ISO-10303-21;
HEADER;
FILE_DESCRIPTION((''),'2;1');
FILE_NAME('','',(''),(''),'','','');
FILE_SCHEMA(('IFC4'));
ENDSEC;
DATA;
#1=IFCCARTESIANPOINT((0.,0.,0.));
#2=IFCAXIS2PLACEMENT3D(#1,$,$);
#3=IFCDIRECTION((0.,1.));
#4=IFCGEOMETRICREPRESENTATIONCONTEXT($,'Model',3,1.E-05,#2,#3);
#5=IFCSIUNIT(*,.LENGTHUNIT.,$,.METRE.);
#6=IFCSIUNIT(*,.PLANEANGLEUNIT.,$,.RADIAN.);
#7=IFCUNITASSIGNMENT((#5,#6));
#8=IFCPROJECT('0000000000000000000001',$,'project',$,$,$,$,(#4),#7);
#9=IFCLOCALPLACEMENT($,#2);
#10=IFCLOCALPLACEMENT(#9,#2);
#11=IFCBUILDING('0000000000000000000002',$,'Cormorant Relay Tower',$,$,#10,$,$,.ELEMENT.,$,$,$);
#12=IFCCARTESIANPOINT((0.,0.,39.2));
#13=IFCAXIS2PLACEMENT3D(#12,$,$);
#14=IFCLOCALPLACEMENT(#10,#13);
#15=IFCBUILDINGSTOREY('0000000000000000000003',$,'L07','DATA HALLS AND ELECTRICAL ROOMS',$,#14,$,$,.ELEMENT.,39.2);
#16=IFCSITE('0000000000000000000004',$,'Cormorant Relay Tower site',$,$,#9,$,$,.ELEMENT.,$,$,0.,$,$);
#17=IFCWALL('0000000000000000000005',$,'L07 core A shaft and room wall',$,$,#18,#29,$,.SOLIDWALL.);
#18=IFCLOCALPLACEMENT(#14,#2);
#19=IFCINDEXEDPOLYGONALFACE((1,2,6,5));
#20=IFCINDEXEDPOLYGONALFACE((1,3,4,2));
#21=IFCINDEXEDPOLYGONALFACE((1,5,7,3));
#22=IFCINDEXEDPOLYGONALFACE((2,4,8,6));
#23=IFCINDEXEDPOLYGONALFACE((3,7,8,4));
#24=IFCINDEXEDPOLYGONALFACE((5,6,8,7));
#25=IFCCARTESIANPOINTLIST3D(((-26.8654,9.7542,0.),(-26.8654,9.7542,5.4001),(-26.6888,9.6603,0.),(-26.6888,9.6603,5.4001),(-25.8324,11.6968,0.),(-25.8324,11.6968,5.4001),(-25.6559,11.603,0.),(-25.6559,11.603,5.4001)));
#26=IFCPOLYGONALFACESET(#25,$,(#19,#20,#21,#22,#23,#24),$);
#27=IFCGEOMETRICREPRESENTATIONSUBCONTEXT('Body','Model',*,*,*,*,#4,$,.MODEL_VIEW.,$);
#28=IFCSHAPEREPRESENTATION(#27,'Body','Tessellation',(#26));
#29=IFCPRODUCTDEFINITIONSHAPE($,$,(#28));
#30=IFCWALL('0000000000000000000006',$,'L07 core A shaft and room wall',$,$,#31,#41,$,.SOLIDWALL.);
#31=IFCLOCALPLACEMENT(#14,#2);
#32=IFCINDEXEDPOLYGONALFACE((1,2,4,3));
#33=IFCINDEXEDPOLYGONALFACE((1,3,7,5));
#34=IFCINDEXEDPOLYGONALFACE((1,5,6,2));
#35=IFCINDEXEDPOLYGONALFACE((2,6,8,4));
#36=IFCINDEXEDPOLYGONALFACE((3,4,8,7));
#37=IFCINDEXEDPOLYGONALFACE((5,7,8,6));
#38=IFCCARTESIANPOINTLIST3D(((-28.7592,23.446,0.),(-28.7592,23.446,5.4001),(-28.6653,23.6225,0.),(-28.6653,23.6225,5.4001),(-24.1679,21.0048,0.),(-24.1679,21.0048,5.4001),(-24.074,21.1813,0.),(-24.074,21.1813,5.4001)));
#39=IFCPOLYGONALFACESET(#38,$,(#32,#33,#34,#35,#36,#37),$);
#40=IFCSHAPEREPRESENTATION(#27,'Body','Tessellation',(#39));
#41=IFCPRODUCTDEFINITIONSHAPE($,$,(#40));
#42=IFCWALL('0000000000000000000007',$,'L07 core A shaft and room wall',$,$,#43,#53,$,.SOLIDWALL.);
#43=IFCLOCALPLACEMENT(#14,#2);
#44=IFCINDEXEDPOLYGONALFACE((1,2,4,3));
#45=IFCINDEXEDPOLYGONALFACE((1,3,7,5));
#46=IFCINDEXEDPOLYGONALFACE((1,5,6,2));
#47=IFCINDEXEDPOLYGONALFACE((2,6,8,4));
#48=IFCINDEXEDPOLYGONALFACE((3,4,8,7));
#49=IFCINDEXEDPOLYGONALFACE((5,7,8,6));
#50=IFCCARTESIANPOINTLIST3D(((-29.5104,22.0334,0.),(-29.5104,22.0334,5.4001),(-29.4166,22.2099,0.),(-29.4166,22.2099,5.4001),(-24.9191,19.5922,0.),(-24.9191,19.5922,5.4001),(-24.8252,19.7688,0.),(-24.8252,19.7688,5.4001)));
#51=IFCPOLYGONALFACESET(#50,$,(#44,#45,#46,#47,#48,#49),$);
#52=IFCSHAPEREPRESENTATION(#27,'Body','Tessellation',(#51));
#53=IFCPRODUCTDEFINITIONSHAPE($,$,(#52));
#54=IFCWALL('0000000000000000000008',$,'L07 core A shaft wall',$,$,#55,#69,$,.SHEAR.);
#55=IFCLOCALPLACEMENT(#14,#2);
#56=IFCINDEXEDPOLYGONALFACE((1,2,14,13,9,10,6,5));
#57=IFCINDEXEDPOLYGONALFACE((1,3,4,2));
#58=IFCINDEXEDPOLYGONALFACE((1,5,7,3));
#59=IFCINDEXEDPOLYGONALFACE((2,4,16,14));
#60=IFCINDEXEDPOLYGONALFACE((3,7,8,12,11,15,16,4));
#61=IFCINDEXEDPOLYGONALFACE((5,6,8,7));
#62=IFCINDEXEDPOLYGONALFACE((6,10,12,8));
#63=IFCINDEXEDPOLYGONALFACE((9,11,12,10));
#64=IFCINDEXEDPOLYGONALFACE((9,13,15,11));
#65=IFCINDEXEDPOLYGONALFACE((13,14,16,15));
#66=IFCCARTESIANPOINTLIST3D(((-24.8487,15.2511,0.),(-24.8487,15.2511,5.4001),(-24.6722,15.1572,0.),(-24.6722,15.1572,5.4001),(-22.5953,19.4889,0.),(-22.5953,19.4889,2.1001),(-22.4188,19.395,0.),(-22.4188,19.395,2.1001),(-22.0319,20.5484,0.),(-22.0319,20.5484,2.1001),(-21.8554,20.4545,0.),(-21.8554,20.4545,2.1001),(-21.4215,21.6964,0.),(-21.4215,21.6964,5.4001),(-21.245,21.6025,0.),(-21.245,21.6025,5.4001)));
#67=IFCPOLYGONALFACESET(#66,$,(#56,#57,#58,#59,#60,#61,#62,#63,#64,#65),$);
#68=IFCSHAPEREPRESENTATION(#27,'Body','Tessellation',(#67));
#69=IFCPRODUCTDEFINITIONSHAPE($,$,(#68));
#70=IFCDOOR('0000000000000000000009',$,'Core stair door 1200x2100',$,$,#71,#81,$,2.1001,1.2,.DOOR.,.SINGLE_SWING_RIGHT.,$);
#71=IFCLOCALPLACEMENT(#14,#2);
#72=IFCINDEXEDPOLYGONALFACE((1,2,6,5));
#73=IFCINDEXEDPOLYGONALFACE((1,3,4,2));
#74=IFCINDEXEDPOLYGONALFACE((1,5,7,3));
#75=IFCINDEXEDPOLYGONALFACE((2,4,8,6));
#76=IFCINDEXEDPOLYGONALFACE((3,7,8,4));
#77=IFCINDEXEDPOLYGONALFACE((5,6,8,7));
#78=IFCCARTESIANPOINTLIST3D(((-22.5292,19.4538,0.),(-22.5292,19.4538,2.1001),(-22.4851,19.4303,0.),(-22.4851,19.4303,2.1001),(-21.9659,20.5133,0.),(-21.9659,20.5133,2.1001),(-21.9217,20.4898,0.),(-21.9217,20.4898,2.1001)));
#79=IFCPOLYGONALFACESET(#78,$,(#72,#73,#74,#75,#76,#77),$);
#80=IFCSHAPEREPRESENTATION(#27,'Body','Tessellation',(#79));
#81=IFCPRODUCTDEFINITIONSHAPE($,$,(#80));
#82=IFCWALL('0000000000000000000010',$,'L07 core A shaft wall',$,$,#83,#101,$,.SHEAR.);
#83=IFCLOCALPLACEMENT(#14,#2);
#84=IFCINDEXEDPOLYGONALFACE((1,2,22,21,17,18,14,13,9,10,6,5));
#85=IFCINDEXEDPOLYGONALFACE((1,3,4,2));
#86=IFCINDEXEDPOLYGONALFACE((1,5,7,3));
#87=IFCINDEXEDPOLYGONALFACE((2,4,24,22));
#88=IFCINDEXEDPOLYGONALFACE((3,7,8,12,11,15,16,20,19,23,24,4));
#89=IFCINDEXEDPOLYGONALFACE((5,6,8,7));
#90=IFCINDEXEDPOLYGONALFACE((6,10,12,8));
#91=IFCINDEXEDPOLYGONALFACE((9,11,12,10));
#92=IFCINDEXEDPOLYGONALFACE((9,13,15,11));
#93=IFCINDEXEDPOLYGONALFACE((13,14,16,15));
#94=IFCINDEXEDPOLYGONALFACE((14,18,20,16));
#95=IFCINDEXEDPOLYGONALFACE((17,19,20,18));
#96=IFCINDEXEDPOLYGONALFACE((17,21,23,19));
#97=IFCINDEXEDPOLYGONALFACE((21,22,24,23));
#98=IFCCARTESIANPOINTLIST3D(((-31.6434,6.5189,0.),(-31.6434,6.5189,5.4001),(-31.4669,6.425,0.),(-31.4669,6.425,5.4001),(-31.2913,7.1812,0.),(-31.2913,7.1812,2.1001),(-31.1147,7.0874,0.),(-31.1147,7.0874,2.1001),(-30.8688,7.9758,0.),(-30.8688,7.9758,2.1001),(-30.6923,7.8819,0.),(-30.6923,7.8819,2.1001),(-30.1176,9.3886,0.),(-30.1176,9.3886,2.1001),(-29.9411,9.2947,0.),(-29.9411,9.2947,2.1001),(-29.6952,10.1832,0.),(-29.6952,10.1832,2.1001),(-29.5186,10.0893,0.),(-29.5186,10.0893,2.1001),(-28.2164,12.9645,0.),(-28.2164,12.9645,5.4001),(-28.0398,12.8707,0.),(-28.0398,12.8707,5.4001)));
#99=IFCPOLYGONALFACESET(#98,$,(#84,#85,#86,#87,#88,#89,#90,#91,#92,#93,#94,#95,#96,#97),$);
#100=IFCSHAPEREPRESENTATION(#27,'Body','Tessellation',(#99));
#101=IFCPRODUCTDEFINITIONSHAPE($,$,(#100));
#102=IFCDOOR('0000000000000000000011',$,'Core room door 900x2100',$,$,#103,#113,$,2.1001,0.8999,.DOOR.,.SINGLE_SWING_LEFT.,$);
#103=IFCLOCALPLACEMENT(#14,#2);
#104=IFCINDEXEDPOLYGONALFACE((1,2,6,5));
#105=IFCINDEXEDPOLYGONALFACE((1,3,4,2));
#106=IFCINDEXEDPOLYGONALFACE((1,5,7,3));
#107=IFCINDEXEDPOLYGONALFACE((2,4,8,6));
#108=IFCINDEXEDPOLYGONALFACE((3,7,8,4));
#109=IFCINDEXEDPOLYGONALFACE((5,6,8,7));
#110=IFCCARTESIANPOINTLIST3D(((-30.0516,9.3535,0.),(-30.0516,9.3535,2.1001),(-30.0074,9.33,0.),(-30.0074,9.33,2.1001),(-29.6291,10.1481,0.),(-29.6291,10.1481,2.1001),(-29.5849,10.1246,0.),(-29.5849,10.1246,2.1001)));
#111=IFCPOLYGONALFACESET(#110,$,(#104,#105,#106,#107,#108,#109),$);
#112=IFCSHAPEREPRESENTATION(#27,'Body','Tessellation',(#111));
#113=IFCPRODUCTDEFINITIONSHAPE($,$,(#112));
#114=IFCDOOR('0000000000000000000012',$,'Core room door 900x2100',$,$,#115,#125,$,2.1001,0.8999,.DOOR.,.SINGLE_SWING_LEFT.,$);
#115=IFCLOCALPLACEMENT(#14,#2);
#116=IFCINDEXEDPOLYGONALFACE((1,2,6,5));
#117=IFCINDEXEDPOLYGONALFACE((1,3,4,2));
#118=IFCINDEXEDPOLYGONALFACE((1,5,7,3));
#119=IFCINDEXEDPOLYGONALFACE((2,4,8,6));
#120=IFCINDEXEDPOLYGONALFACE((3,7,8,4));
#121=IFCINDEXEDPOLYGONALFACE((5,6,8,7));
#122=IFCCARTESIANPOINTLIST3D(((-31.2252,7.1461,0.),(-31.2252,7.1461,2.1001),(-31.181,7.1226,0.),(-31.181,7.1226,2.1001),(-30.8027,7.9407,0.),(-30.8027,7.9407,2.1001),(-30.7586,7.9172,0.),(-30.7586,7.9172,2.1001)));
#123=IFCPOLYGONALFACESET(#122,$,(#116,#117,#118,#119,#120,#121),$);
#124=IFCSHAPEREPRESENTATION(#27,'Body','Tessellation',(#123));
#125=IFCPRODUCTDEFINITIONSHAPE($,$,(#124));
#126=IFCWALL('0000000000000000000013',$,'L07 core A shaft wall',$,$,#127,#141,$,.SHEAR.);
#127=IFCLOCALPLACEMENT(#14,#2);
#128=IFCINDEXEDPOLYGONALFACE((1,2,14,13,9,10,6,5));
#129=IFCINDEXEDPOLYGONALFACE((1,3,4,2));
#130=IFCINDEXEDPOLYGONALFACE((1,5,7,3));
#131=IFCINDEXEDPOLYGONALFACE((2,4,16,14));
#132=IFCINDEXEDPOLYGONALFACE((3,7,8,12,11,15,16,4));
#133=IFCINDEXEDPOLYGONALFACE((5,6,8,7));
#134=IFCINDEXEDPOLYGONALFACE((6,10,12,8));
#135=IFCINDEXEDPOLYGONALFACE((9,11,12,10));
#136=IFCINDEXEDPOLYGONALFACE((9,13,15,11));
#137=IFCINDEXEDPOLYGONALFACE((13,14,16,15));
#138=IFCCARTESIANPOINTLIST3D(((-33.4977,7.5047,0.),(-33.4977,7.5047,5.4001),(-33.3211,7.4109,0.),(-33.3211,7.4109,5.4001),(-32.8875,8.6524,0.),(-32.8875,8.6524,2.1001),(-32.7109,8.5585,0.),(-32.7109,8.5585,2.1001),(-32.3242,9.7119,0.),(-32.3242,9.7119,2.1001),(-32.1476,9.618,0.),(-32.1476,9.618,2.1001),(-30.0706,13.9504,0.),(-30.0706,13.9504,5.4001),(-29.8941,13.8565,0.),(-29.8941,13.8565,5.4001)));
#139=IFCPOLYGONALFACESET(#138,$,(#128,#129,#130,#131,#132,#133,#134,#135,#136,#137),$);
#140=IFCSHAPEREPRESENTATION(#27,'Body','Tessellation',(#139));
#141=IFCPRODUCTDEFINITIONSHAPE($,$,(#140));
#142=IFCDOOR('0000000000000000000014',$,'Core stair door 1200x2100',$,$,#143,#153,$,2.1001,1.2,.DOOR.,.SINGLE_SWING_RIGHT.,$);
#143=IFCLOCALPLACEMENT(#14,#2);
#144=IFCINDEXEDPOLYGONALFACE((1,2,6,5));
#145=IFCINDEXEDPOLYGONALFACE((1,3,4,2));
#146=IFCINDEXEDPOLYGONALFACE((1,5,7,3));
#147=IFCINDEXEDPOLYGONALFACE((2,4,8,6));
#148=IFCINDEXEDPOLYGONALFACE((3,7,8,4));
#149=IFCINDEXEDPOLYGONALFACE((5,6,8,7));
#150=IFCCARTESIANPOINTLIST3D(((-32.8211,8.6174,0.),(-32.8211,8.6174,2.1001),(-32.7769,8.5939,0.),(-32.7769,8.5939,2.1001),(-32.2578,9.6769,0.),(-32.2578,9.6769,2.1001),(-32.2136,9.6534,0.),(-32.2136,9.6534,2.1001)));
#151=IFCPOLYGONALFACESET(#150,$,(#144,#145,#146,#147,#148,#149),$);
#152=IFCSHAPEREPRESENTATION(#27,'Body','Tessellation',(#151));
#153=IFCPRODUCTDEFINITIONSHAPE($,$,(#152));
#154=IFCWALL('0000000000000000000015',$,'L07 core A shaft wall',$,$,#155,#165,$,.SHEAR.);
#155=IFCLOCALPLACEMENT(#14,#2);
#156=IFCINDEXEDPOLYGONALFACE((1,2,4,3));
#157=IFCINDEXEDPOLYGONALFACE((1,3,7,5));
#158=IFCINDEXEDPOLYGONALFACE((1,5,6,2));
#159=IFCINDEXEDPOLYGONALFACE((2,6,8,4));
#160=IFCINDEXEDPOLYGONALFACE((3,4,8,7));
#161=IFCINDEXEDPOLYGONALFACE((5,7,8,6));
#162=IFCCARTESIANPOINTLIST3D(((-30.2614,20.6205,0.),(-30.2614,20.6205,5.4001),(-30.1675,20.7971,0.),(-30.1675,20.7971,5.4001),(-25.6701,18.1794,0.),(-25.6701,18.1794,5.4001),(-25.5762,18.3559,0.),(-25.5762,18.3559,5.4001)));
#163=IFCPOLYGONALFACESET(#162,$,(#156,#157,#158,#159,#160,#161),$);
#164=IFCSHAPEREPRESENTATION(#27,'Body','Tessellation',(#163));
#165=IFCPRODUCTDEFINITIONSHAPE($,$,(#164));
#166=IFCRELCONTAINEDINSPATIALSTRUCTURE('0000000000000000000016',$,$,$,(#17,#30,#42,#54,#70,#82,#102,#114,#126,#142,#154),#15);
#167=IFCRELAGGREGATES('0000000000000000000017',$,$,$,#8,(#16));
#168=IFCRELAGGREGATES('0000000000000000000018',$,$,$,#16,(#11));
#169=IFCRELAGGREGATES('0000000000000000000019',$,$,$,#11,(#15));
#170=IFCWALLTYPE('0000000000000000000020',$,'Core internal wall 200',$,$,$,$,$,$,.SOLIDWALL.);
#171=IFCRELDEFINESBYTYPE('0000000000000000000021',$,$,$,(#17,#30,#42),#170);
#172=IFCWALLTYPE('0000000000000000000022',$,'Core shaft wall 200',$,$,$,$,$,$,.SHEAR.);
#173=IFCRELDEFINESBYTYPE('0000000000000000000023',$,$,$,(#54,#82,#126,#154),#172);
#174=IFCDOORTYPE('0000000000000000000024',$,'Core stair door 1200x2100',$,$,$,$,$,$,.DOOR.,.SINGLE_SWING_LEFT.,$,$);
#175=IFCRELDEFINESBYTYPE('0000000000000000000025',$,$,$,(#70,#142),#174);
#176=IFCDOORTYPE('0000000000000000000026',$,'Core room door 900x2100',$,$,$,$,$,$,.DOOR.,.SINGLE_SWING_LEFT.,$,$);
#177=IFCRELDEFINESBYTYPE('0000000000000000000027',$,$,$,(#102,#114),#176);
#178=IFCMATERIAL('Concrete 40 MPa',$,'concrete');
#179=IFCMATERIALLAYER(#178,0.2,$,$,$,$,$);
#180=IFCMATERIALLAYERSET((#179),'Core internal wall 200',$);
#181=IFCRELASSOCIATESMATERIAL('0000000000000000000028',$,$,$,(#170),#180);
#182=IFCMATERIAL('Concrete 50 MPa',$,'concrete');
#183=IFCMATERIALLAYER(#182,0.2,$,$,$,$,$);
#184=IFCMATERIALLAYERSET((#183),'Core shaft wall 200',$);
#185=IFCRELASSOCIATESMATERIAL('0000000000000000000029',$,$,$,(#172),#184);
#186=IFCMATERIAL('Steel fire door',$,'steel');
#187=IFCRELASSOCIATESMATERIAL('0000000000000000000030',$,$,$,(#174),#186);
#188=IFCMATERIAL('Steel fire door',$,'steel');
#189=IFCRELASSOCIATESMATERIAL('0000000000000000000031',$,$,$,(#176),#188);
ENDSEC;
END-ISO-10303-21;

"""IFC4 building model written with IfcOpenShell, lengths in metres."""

from ifc_helpers import new_model, si_unit, direction, frame, frame_2d, origin, place, context, subcontext, project, spatial, rectangle, extrude, material, layer, layer_set, type_object, element, fill, save


model = new_model("IFC4")

# Units and contexts
model_context = context("Model", 3, precision=1e-05, world=origin(), true_north=direction((0.0, 1.0)))
body_context = subcontext(model_context, "Body", "Model", "MODEL_VIEW")
ifc_project = project(units=[si_unit("LENGTHUNIT", "METRE"), si_unit("PLANEANGLEUNIT", "RADIAN")], contexts=[model_context])

# Site, building, storey
site_placement = place(None, origin())
site = spatial("IfcSite", under=ifc_project, at=site_placement, Name="Cormorant Relay Tower site", CompositionType="ELEMENT", RefElevation=0.0)
building_placement = place(site_placement, origin())
building = spatial("IfcBuilding", under=site, at=building_placement, Name="Cormorant Relay Tower", CompositionType="ELEMENT")
storey_placement = place(building_placement, frame((0.0, 0.0, 39.2)))
storey = spatial("IfcBuildingStorey", under=building, at=storey_placement, Name="L07", Description="DATA HALLS AND ELECTRICAL ROOMS", CompositionType="ELEMENT", Elevation=39.2)

# Walls
ifc_material_1 = material(Name="Concrete 40 MPa", Category="concrete")
ifc_layer_1 = layer(ifc_material_1, 0.2)
ifc_layer_set_1 = layer_set([ifc_layer_1], Name="Core internal wall 200")
wall_type_1 = type_object("IfcWallType", Name="Core internal wall 200", PredefinedType="SOLIDWALL", material=ifc_layer_set_1)
wall_1_placement = place(storey_placement, frame((-25.7441, 11.6499, 0.0), z_axis=(0.0, 0.0, 1.0), x_axis=(-0.469488, -0.882939, 0.0)))
element("IfcWall", 1, at=wall_1_placement, inside=storey, type_object=wall_type_1, Name="L07 core A shaft and room wall", PredefinedType="SOLIDWALL", context=body_context, shape_type="SweptSolid", body=[
    extrude(rectangle(XDim=2.2002, YDim=0.2, at=frame_2d((1.1001, 0.0))), origin(), (0.0, 0.0, 1.0), 5.4001),
])
for number, where, z_axis, x_axis, name in (
    (2, (-24.1208, 21.093, 0.0), (0.0, 0.0, 1.0), (-0.882954, 0.46946, 0.0), "L07 core A shaft and room wall"),
    (3, (-24.8721, 19.6804, 0.0), (0.0, 0.0, 1.0), (-0.882954, 0.46946, 0.0), "L07 core A shaft and room wall"),
):
    element("IfcWall", number, at=place(storey_placement, frame(where, z_axis=z_axis, x_axis=x_axis)), inside=storey, type_object=wall_type_1, Name=name, PredefinedType="SOLIDWALL", context=body_context, shape_type="SweptSolid", body=[
        extrude(rectangle(XDim=5.2, YDim=0.2, at=frame_2d((2.6001, 0.0))), origin(), (0.0, 0.0, 1.0), 5.4001),
    ])

# Wall, opening, door
ifc_material_2 = material(Name="Concrete 50 MPa", Category="concrete")
ifc_layer_2 = layer(ifc_material_2, 0.2)
ifc_layer_set_2 = layer_set([ifc_layer_2], Name="Core shaft wall 200")
wall_type_2 = type_object("IfcWallType", Name="Core shaft wall 200", PredefinedType="SHEAR", material=ifc_layer_set_2)
wall_2_placement = place(storey_placement, frame((-21.3333, 21.6494, 0.0), z_axis=(0.0, 0.0, 1.0), x_axis=(-0.469494, -0.882936, 0.0)))
wall_2 = element("IfcWall", 4, at=wall_2_placement, inside=storey, type_object=wall_type_2, Name="L07 core A shaft wall", PredefinedType="SHEAR", context=body_context, shape_type="SweptSolid", body=[
    extrude(rectangle(XDim=7.2998, YDim=0.2, at=frame_2d((3.6499, 0.0))), origin(), (0.0, 0.0, 1.0), 5.4001),
])
opening_1_placement = place(wall_2_placement, frame((1.3, 0.0, 0.0)))
opening_1 = element("IfcOpeningElement", 5, at=opening_1_placement, cuts=wall_2, PredefinedType="OPENING", context=body_context, shape_type="SweptSolid", body=[
    extrude(rectangle(XDim=1.2, YDim=2.1001, at=frame_2d((0.6001, 1.05))), frame((0.0, 0.1099, 0.0), z_axis=(0.0, -1.0, 0.0), x_axis=(1.0, 0.0, 0.0)), (0.0, 0.0, 1.0), 0.22),
])
ifc_material_3 = material(Name="Steel fire door", Category="steel")
door_type_1 = type_object("IfcDoorType", Name="Core stair door 1200x2100", OperationType="SINGLE_SWING_LEFT", PredefinedType="DOOR", material=ifc_material_3)
door_1_placement = place(opening_1_placement, origin())
door_1 = element("IfcDoor", 6, at=door_1_placement, inside=storey, type_object=door_type_1, Name="Core stair door 1200x2100", OperationType="SINGLE_SWING_RIGHT", OverallHeight=2.1001, OverallWidth=1.2, PredefinedType="DOOR", context=body_context, shape_type="SweptSolid", body=[
    extrude(rectangle(XDim=1.2, YDim=2.1001, at=frame_2d((0.6001, 1.05))), frame((0.0, 0.0249, 0.0), z_axis=(0.0, -1.0, 0.0), x_axis=(1.0, 0.0, 0.0)), (0.0, 0.0, 1.0), 0.05),
])
fill(opening_1, door_1)

# Wall, openings, doors
wall_3_placement = place(storey_placement, frame((-28.1282, 12.9175, 0.0), z_axis=(0.0, 0.0, 1.0), x_axis=(-0.469454, -0.882957, 0.0)))
wall_3 = element("IfcWall", 7, at=wall_3_placement, inside=storey, type_object=wall_type_2, Name="L07 core A shaft wall", PredefinedType="SHEAR", context=body_context, shape_type="SweptSolid", body=[
    extrude(rectangle(XDim=7.3, YDim=0.2, at=frame_2d((3.6499, 0.0))), origin(), (0.0, 0.0, 1.0), 5.4001),
])
opening_2_placement = place(wall_3_placement, frame((3.1499, 0.0, 0.0)))
opening_2 = element("IfcOpeningElement", 8, at=opening_2_placement, cuts=wall_3, PredefinedType="OPENING", context=body_context, shape_type="SweptSolid", body=[
    extrude(rectangle(XDim=0.8999, YDim=2.1001, at=frame_2d((0.45, 1.05))), frame((0.0, 0.1099, 0.0), z_axis=(0.0, -1.0, 0.0), x_axis=(1.0, 0.0, 0.0)), (0.0, 0.0, 1.0), 0.22),
])
opening_3_placement = place(wall_3_placement, frame((5.6499, 0.0, 0.0)))
opening_3 = element("IfcOpeningElement", 9, at=opening_3_placement, cuts=wall_3, PredefinedType="OPENING", context=body_context, shape_type="SweptSolid", body=[
    extrude(rectangle(XDim=0.8999, YDim=2.1001, at=frame_2d((0.45, 1.05))), frame((0.0, 0.1099, 0.0), z_axis=(0.0, -1.0, 0.0), x_axis=(1.0, 0.0, 0.0)), (0.0, 0.0, 1.0), 0.22),
])
ifc_material_4 = material(Name="Steel fire door", Category="steel")
door_type_2 = type_object("IfcDoorType", Name="Core room door 900x2100", OperationType="SINGLE_SWING_LEFT", PredefinedType="DOOR", material=ifc_material_4)
door_2_placement = place(opening_2_placement, origin())
door_2 = element("IfcDoor", 10, at=door_2_placement, inside=storey, type_object=door_type_2, Name="Core room door 900x2100", OperationType="SINGLE_SWING_LEFT", OverallHeight=2.1001, OverallWidth=0.8999, PredefinedType="DOOR", context=body_context, shape_type="SweptSolid", body=[
    extrude(rectangle(XDim=0.8999, YDim=2.1001, at=frame_2d((0.45, 1.05))), frame((0.0, 0.0249, 0.0), z_axis=(0.0, -1.0, 0.0), x_axis=(1.0, 0.0, 0.0)), (0.0, 0.0, 1.0), 0.05),
])
fill(opening_2, door_2)
door_3_placement = place(opening_3_placement, origin())
door_3 = element("IfcDoor", 11, at=door_3_placement, inside=storey, type_object=door_type_2, Name="Core room door 900x2100", OperationType="SINGLE_SWING_LEFT", OverallHeight=2.1001, OverallWidth=0.8999, PredefinedType="DOOR", context=body_context, shape_type="SweptSolid", body=[
    extrude(rectangle(XDim=0.8999, YDim=2.1001, at=frame_2d((0.45, 1.05))), frame((0.0, 0.0249, 0.0), z_axis=(0.0, -1.0, 0.0), x_axis=(1.0, 0.0, 0.0)), (0.0, 0.0, 1.0), 0.05),
])
fill(opening_3, door_3)

# Wall, opening, door
wall_4_placement = place(storey_placement, frame((-29.9824, 13.9033, 0.0), z_axis=(0.0, 0.0, 1.0), x_axis=(-0.469454, -0.882957, 0.0)))
wall_4 = element("IfcWall", 12, at=wall_4_placement, inside=storey, type_object=wall_type_2, Name="L07 core A shaft wall", PredefinedType="SHEAR", context=body_context, shape_type="SweptSolid", body=[
    extrude(rectangle(XDim=7.3, YDim=0.2, at=frame_2d((3.6499, 0.0))), origin(), (0.0, 0.0, 1.0), 5.4001),
])
opening_4_placement = place(wall_4_placement, frame((4.8, 0.0, 0.0)))
opening_4 = element("IfcOpeningElement", 13, at=opening_4_placement, cuts=wall_4, PredefinedType="OPENING", context=body_context, shape_type="SweptSolid", body=[
    extrude(rectangle(XDim=1.2, YDim=2.1001, at=frame_2d((0.6001, 1.05))), frame((0.0, 0.1099, 0.0), z_axis=(0.0, -1.0, 0.0), x_axis=(1.0, 0.0, 0.0)), (0.0, 0.0, 1.0), 0.22),
])
door_4_placement = place(opening_4_placement, frame((1.2, 0.0, 0.0), z_axis=(0.0, 0.0, 1.0), x_axis=(-1.0, 0.0, 0.0)))
door_4 = element("IfcDoor", 14, at=door_4_placement, inside=storey, type_object=door_type_1, Name="Core stair door 1200x2100", OperationType="SINGLE_SWING_RIGHT", OverallHeight=2.1001, OverallWidth=1.2, PredefinedType="DOOR", context=body_context, shape_type="SweptSolid", body=[
    extrude(rectangle(XDim=1.2, YDim=2.1001, at=frame_2d((0.6001, 1.05))), frame((0.0, 0.0249, 0.0), z_axis=(0.0, -1.0, 0.0), x_axis=(1.0, 0.0, 0.0)), (0.0, 0.0, 1.0), 0.05),
])
fill(opening_4, door_4)

# Wall
wall_5_placement = place(storey_placement, frame((-25.623, 18.2676, 0.0), z_axis=(0.0, 0.0, 1.0), x_axis=(-0.882954, 0.46946, 0.0)))
element("IfcWall", 15, at=wall_5_placement, inside=storey, type_object=wall_type_2, Name="L07 core A shaft wall", PredefinedType="SHEAR", context=body_context, shape_type="SweptSolid", body=[
    extrude(rectangle(XDim=5.2, YDim=0.2, at=frame_2d((2.6001, 0.0))), origin(), (0.0, 0.0, 1.0), 5.4001),
])

save(model, "model.ifc")
